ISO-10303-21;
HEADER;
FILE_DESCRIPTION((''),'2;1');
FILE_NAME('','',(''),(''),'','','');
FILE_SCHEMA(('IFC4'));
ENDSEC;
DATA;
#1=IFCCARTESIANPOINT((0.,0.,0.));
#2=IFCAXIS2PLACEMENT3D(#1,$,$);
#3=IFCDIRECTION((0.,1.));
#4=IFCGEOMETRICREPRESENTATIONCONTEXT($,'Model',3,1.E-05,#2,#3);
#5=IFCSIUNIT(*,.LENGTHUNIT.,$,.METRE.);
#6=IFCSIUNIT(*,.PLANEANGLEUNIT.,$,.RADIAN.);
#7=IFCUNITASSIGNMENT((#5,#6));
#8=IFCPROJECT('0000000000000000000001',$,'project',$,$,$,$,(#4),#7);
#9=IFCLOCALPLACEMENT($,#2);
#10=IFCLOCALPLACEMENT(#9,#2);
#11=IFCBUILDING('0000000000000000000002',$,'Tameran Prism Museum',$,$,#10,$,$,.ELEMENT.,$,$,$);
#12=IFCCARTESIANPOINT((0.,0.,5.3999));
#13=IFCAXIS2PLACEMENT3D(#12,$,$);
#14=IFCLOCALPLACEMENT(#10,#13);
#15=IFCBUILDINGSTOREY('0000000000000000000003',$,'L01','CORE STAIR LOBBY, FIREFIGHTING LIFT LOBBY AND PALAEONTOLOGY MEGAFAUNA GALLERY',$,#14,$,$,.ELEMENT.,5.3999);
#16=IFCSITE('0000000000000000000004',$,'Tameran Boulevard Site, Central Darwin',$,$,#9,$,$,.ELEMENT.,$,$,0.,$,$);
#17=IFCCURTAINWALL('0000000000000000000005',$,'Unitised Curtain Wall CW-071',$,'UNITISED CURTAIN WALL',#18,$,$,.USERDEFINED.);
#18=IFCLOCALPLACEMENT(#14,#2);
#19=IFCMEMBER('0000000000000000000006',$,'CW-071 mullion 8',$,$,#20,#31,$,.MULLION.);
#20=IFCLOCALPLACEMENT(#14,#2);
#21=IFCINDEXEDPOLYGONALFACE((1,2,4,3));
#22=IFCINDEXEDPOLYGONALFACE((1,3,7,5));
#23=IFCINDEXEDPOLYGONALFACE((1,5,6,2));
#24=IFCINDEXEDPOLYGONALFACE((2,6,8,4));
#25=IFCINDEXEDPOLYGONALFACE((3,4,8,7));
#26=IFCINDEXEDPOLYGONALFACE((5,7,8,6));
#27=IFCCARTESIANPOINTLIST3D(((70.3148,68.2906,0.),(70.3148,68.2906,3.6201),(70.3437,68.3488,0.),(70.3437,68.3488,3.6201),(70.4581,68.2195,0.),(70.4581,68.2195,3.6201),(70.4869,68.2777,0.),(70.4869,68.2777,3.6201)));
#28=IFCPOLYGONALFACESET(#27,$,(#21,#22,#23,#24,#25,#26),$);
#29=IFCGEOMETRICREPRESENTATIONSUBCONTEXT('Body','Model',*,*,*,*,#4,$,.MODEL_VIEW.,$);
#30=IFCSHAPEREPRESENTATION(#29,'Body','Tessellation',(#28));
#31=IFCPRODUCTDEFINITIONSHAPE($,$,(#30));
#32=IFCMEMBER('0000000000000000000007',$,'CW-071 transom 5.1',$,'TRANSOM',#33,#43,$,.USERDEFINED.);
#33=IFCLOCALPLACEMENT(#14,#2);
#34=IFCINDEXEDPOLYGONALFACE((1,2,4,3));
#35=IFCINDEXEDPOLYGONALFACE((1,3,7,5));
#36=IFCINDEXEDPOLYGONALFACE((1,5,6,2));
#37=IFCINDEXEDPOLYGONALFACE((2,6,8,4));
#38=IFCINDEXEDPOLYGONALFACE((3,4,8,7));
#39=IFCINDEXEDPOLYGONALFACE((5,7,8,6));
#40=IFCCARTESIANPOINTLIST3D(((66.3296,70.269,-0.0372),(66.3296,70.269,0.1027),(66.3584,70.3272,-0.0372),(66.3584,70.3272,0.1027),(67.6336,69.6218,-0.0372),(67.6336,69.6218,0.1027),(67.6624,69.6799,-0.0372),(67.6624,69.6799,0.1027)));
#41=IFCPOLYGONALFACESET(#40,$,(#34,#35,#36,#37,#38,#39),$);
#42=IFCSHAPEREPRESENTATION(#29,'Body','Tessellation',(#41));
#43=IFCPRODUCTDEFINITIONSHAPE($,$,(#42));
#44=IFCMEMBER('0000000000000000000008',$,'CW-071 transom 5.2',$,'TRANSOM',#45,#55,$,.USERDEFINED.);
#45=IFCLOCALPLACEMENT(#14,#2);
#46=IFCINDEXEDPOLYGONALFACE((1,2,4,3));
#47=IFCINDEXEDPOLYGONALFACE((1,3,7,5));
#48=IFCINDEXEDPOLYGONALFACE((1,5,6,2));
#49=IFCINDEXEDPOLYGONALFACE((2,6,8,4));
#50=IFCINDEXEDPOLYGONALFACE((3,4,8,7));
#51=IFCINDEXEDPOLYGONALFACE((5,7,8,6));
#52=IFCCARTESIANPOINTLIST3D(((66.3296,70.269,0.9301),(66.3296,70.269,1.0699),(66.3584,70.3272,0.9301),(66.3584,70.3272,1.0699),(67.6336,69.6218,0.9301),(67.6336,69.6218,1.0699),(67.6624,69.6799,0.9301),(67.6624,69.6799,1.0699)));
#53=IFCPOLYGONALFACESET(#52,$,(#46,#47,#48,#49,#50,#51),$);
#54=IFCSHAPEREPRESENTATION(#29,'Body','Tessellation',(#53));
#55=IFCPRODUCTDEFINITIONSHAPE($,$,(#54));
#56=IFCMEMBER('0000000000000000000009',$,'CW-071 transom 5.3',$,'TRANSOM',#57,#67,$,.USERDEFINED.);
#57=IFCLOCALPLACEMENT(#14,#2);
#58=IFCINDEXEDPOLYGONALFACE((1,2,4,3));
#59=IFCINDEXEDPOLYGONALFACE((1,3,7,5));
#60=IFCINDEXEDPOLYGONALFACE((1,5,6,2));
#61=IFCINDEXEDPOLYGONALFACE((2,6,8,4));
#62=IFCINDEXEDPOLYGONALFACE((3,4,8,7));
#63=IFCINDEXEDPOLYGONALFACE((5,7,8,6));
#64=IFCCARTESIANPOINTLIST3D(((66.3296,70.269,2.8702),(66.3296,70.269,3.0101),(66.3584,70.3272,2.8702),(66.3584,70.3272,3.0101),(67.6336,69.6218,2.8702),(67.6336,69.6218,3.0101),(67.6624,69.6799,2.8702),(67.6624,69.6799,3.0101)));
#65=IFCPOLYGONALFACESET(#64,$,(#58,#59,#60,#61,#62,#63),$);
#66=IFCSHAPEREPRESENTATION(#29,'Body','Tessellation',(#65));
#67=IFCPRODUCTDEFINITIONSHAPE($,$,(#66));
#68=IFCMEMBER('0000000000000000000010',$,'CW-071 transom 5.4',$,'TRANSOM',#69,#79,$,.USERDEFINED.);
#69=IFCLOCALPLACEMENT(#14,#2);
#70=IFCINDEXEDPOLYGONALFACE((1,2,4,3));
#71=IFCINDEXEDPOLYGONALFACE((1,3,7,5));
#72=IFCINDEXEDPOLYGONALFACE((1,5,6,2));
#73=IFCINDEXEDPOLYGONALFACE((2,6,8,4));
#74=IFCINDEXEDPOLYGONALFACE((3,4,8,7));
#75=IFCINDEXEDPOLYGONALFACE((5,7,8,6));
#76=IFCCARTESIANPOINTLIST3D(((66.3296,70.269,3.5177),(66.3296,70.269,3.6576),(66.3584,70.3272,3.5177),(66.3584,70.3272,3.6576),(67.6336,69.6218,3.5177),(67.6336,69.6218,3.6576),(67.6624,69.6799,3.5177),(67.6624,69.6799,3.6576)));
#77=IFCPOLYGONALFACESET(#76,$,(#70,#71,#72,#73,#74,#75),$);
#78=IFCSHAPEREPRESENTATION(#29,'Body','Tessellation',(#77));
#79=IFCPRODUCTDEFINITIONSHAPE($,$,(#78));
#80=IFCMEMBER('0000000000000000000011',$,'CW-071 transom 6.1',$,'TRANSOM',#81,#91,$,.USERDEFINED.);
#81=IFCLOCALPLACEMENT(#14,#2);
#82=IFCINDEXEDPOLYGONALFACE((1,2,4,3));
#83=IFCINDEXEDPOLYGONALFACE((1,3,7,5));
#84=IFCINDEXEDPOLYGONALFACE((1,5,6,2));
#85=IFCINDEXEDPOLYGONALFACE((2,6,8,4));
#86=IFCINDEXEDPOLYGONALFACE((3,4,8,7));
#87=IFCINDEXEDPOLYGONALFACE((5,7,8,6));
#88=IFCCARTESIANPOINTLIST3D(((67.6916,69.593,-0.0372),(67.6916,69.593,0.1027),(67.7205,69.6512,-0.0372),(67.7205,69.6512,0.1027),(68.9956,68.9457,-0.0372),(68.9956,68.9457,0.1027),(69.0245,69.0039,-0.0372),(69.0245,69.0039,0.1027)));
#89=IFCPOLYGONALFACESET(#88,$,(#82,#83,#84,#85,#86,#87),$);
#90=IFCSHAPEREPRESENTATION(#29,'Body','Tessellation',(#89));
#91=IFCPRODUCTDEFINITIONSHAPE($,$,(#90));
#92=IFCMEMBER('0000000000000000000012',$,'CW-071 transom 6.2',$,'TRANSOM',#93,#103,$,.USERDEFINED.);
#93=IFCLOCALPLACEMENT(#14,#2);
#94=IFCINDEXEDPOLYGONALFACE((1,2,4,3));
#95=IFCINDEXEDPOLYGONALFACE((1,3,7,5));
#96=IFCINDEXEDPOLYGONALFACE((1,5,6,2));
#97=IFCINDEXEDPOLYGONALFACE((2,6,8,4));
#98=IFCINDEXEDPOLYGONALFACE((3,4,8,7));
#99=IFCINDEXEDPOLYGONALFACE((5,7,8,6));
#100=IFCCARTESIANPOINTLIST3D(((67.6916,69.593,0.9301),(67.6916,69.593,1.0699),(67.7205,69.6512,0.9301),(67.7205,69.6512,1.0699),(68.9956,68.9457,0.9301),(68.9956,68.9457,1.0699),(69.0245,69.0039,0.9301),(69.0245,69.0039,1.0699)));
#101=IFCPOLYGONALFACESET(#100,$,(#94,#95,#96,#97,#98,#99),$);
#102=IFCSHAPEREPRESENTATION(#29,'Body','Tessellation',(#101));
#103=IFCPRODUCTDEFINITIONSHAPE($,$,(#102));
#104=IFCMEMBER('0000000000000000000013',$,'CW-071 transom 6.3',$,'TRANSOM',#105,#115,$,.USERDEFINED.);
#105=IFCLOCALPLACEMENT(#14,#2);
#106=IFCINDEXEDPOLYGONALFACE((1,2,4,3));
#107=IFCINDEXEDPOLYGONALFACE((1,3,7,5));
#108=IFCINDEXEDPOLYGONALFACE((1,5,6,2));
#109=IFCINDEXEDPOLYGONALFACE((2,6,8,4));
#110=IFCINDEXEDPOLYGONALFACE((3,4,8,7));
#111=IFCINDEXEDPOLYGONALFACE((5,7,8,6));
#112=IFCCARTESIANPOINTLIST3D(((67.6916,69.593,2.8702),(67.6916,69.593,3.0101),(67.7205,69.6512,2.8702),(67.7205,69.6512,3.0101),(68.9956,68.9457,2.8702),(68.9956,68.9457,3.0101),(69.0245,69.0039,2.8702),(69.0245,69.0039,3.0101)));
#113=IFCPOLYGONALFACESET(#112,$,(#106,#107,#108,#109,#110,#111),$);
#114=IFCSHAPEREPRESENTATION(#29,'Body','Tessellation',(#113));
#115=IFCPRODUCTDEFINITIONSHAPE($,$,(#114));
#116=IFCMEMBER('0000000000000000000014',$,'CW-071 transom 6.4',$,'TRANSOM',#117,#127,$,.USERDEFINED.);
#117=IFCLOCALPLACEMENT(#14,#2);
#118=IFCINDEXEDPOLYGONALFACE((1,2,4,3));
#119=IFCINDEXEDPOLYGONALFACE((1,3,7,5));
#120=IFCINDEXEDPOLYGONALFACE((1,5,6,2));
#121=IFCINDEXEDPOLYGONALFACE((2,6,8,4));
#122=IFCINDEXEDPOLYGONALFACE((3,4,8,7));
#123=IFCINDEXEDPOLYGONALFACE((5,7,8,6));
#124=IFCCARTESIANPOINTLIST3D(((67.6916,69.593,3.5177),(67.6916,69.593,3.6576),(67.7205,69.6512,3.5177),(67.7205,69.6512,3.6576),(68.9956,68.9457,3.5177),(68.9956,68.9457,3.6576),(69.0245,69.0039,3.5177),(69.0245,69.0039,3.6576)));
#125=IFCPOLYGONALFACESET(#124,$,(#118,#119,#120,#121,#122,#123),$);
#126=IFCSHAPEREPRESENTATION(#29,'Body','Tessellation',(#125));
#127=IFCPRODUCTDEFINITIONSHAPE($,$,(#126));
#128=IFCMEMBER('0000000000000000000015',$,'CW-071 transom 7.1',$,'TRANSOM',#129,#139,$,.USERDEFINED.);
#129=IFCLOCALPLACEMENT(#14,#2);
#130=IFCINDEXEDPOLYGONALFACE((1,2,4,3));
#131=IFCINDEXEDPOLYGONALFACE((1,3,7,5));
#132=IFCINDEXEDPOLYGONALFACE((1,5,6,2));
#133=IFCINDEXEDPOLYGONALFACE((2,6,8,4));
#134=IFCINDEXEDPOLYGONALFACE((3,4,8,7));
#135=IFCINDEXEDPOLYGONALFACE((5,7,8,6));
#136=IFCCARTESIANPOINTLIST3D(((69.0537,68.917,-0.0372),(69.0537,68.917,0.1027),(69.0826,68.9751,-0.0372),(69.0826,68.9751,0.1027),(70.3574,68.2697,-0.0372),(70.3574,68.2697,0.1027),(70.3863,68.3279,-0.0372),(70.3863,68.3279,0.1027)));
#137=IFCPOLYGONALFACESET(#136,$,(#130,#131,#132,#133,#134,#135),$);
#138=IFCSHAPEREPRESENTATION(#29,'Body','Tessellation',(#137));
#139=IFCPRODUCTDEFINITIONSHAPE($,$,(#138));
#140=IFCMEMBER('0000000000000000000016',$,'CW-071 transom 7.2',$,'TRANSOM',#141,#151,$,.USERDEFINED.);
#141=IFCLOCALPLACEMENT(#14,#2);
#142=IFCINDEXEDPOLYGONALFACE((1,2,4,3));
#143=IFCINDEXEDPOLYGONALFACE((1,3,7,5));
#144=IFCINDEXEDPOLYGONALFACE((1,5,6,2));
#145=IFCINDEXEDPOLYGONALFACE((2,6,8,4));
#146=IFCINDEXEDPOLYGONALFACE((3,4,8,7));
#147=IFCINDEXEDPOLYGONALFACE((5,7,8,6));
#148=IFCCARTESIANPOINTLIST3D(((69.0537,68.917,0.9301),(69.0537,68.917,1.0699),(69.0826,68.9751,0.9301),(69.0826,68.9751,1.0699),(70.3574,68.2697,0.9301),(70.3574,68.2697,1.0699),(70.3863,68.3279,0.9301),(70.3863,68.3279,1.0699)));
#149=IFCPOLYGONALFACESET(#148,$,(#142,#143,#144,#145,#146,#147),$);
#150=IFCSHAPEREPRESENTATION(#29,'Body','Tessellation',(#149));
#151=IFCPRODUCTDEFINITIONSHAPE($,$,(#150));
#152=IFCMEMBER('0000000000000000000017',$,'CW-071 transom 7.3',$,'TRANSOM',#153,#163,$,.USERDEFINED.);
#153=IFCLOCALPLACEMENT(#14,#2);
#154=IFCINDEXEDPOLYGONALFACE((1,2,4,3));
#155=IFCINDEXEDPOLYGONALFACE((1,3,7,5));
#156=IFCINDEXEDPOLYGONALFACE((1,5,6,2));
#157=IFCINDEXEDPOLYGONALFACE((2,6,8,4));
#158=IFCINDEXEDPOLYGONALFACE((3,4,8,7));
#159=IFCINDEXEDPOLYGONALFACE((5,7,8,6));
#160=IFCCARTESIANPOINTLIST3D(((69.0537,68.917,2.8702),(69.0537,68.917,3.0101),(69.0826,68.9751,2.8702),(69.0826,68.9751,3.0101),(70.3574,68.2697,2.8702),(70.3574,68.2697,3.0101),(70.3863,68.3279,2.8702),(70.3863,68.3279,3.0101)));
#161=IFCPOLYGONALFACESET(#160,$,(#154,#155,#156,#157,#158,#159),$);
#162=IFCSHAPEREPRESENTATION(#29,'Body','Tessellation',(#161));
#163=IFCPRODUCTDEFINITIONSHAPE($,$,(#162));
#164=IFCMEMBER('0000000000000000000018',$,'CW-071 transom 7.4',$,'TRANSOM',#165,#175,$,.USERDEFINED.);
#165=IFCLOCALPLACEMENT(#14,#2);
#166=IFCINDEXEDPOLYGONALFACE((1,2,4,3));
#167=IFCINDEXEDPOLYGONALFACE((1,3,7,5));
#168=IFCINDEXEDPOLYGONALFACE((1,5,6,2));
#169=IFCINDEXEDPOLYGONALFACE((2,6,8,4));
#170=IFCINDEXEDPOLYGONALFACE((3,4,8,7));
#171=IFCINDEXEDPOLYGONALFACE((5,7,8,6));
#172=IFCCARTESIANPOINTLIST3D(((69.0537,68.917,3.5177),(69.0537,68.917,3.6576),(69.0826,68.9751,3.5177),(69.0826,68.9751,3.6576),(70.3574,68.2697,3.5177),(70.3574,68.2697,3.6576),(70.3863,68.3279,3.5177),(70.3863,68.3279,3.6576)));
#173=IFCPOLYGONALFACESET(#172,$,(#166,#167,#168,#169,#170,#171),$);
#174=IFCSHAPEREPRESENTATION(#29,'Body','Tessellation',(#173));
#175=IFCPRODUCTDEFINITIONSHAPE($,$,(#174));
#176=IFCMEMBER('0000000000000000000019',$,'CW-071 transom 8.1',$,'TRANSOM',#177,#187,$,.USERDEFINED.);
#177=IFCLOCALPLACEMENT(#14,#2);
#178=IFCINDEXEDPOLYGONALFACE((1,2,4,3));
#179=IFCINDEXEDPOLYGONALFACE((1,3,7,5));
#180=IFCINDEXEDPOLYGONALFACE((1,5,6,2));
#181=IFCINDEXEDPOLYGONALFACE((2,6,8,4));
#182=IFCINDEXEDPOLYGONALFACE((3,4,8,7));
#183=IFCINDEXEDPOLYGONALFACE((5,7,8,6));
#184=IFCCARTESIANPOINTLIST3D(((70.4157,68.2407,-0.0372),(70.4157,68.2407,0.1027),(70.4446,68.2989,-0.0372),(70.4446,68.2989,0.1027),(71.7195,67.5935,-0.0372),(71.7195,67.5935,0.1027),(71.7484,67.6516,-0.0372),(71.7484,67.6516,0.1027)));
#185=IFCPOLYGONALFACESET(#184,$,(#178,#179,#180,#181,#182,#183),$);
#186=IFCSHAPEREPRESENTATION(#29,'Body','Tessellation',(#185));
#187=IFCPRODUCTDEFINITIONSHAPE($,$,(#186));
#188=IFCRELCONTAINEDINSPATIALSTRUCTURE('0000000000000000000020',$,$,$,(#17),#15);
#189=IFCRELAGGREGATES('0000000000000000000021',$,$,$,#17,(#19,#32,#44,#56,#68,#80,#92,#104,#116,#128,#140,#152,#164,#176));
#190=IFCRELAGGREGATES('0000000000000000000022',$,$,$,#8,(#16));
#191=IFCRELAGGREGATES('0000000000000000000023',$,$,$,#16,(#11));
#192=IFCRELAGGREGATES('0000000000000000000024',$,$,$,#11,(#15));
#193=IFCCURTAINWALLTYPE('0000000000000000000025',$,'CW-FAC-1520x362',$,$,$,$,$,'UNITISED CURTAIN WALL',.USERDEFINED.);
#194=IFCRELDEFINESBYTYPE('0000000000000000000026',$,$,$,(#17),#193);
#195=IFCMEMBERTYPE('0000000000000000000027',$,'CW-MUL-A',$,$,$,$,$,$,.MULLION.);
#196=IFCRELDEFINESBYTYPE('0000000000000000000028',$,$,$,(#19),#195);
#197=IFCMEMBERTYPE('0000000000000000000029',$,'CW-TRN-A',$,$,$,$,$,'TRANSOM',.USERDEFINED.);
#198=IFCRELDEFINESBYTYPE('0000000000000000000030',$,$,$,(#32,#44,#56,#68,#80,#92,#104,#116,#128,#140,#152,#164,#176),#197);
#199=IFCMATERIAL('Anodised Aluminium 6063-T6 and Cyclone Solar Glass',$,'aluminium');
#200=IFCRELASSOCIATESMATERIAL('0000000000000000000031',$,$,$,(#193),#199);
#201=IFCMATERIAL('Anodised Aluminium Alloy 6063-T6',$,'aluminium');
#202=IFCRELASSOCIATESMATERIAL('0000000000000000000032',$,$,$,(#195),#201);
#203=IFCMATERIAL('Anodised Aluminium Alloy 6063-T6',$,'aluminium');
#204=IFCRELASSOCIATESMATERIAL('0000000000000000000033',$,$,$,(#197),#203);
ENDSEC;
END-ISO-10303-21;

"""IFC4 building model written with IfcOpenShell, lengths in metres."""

from ifc_helpers import new_model, si_unit, direction, frame, origin, origin_2d, place, context, subcontext, project, spatial, rectangle, extrude, material, material_profile, profile_set, type_object, element, aggregate, save


model = new_model("IFC4")

# Units and contexts
model_context = context("Model", 3, precision=1e-05, world=origin(), true_north=direction((0.0, 1.0)))
body_context = subcontext(model_context, "Body", "Model", "MODEL_VIEW")
ifc_project = project(units=[si_unit("LENGTHUNIT", "METRE"), si_unit("PLANEANGLEUNIT", "RADIAN")], contexts=[model_context])

# Site, building, storey
site_placement = place(None, origin())
site = spatial("IfcSite", under=ifc_project, at=site_placement, Name="Tameran Boulevard Site, Central Darwin", CompositionType="ELEMENT", RefElevation=0.0)
building_placement = place(site_placement, origin())
building = spatial("IfcBuilding", under=site, at=building_placement, Name="Tameran Prism Museum", CompositionType="ELEMENT")
storey_placement = place(building_placement, frame((0.0, 0.0, 5.3999)))
storey = spatial("IfcBuildingStorey", under=building, at=storey_placement, Name="L01", Description="CORE STAIR LOBBY, FIREFIGHTING LIFT LOBBY AND PALAEONTOLOGY MEGAFAUNA GALLERY", CompositionType="ELEMENT", Elevation=5.3999)

# Curtain wall, members
ifc_material_1 = material(Name="Anodised Aluminium 6063-T6 and Cyclone Solar Glass", Category="aluminium")
curtain_wall_type = type_object("IfcCurtainWallType", Name="CW-FAC-1520x362", ElementType="UNITISED CURTAIN WALL", PredefinedType="USERDEFINED", material=ifc_material_1)
curtain_wall_placement = place(storey_placement, origin())
curtain_wall = element("IfcCurtainWall", 1, at=curtain_wall_placement, inside=storey, type_object=curtain_wall_type, Name="Unitised Curtain Wall CW-071", ObjectType="UNITISED CURTAIN WALL", PredefinedType="USERDEFINED")
ifc_material_2 = material(Name="Anodised Aluminium Alloy 6063-T6", Category="aluminium")
ifc_material_profile_1 = material_profile(ifc_material_2, rectangle(XDim=0.0649, YDim=0.1599, at=origin_2d()))
ifc_profile_set_1 = profile_set([ifc_material_profile_1])
member_type_1 = type_object("IfcMemberType", Name="CW-MUL-A", PredefinedType="MULLION", material=ifc_profile_set_1)
member_1_placement = place(storey_placement, frame((70.4009, 68.2842, 0.0), z_axis=(0.0, 0.0, 1.0), x_axis=(0.444634, 0.895712, 0.0)))
member_1 = element("IfcMember", 2, at=member_1_placement, type_object=member_type_1, Name="CW-071 mullion 8", PredefinedType="MULLION", context=body_context, shape_type="SweptSolid", body=[
    extrude(rectangle(XDim=0.0649, YDim=0.1599, at=origin_2d()), origin(), (0.0, 0.0, 1.0), 3.6201),
])
ifc_material_3 = material(Name="Anodised Aluminium Alloy 6063-T6", Category="aluminium")
ifc_material_profile_2 = material_profile(ifc_material_3, rectangle(XDim=0.0649, YDim=0.1399, at=origin_2d()))
ifc_profile_set_2 = profile_set([ifc_material_profile_2])
member_type_2 = type_object("IfcMemberType", Name="CW-TRN-A", ElementType="TRANSOM", PredefinedType="USERDEFINED", material=ifc_profile_set_2)
member_2_placement = place(storey_placement, frame((66.344, 70.2981, 0.0327), z_axis=(0.895731, -0.444595, 0.0), x_axis=(0.444595, 0.895731, 0.0)))
member_2 = element("IfcMember", 3, at=member_2_placement, type_object=member_type_2, Name="CW-071 transom 5.1", ObjectType="TRANSOM", PredefinedType="USERDEFINED", context=body_context, shape_type="SweptSolid", body=[
    extrude(rectangle(XDim=0.0649, YDim=0.1399, at=origin_2d()), origin(), (0.0, 0.0, 1.0), 1.4558),
])
member_3_placement = place(storey_placement, frame((66.344, 70.2981, 1.0), z_axis=(0.895731, -0.444595, 0.0), x_axis=(0.444595, 0.895731, 0.0)))
member_3 = element("IfcMember", 4, at=member_3_placement, type_object=member_type_2, Name="CW-071 transom 5.2", ObjectType="TRANSOM", PredefinedType="USERDEFINED", context=body_context, shape_type="SweptSolid", body=[
    extrude(rectangle(XDim=0.0649, YDim=0.1399, at=origin_2d()), origin(), (0.0, 0.0, 1.0), 1.4558),
])
member_4_placement = place(storey_placement, frame((66.344, 70.2981, 2.9402), z_axis=(0.895731, -0.444595, 0.0), x_axis=(0.444595, 0.895731, 0.0)))
member_4 = element("IfcMember", 5, at=member_4_placement, type_object=member_type_2, Name="CW-071 transom 5.3", ObjectType="TRANSOM", PredefinedType="USERDEFINED", context=body_context, shape_type="SweptSolid", body=[
    extrude(rectangle(XDim=0.0649, YDim=0.1399, at=origin_2d()), origin(), (0.0, 0.0, 1.0), 1.4558),
])
member_5_placement = place(storey_placement, frame((66.344, 70.2981, 3.5876), z_axis=(0.895731, -0.444595, 0.0), x_axis=(0.444595, 0.895731, 0.0)))
member_5 = element("IfcMember", 6, at=member_5_placement, type_object=member_type_2, Name="CW-071 transom 5.4", ObjectType="TRANSOM", PredefinedType="USERDEFINED", context=body_context, shape_type="SweptSolid", body=[
    extrude(rectangle(XDim=0.0649, YDim=0.1399, at=origin_2d()), origin(), (0.0, 0.0, 1.0), 1.4558),
])
member_6_placement = place(storey_placement, frame((67.7061, 69.6221, 0.0327), z_axis=(0.895731, -0.444595, 0.0), x_axis=(0.444595, 0.895731, 0.0)))
member_6 = element("IfcMember", 7, at=member_6_placement, type_object=member_type_2, Name="CW-071 transom 6.1", ObjectType="TRANSOM", PredefinedType="USERDEFINED", context=body_context, shape_type="SweptSolid", body=[
    extrude(rectangle(XDim=0.0649, YDim=0.1399, at=origin_2d()), origin(), (0.0, 0.0, 1.0), 1.4558),
])
member_7_placement = place(storey_placement, frame((67.7061, 69.6221, 1.0), z_axis=(0.895731, -0.444595, 0.0), x_axis=(0.444595, 0.895731, 0.0)))
member_7 = element("IfcMember", 8, at=member_7_placement, type_object=member_type_2, Name="CW-071 transom 6.2", ObjectType="TRANSOM", PredefinedType="USERDEFINED", context=body_context, shape_type="SweptSolid", body=[
    extrude(rectangle(XDim=0.0649, YDim=0.1399, at=origin_2d()), origin(), (0.0, 0.0, 1.0), 1.4558),
])
member_8_placement = place(storey_placement, frame((67.7061, 69.6221, 2.9402), z_axis=(0.895731, -0.444595, 0.0), x_axis=(0.444595, 0.895731, 0.0)))
member_8 = element("IfcMember", 9, at=member_8_placement, type_object=member_type_2, Name="CW-071 transom 6.3", ObjectType="TRANSOM", PredefinedType="USERDEFINED", context=body_context, shape_type="SweptSolid", body=[
    extrude(rectangle(XDim=0.0649, YDim=0.1399, at=origin_2d()), origin(), (0.0, 0.0, 1.0), 1.4558),
])
member_9_placement = place(storey_placement, frame((67.7061, 69.6221, 3.5876), z_axis=(0.895731, -0.444595, 0.0), x_axis=(0.444595, 0.895731, 0.0)))
member_9 = element("IfcMember", 10, at=member_9_placement, type_object=member_type_2, Name="CW-071 transom 6.4", ObjectType="TRANSOM", PredefinedType="USERDEFINED", context=body_context, shape_type="SweptSolid", body=[
    extrude(rectangle(XDim=0.0649, YDim=0.1399, at=origin_2d()), origin(), (0.0, 0.0, 1.0), 1.4558),
])
member_10_placement = place(storey_placement, frame((69.0681, 68.946, 0.0327), z_axis=(0.895698, -0.444662, 0.0), x_axis=(0.444662, 0.895698, 0.0)))
member_10 = element("IfcMember", 11, at=member_10_placement, type_object=member_type_2, Name="CW-071 transom 7.1", ObjectType="TRANSOM", PredefinedType="USERDEFINED", context=body_context, shape_type="SweptSolid", body=[
    extrude(rectangle(XDim=0.0649, YDim=0.1399, at=origin_2d()), origin(), (0.0, 0.0, 1.0), 1.4556),
])
member_11_placement = place(storey_placement, frame((69.0681, 68.946, 1.0), z_axis=(0.895698, -0.444662, 0.0), x_axis=(0.444662, 0.895698, 0.0)))
member_11 = element("IfcMember", 12, at=member_11_placement, type_object=member_type_2, Name="CW-071 transom 7.2", ObjectType="TRANSOM", PredefinedType="USERDEFINED", context=body_context, shape_type="SweptSolid", body=[
    extrude(rectangle(XDim=0.0649, YDim=0.1399, at=origin_2d()), origin(), (0.0, 0.0, 1.0), 1.4556),
])
member_12_placement = place(storey_placement, frame((69.0681, 68.946, 2.9402), z_axis=(0.895698, -0.444662, 0.0), x_axis=(0.444662, 0.895698, 0.0)))
member_12 = element("IfcMember", 13, at=member_12_placement, type_object=member_type_2, Name="CW-071 transom 7.3", ObjectType="TRANSOM", PredefinedType="USERDEFINED", context=body_context, shape_type="SweptSolid", body=[
    extrude(rectangle(XDim=0.0649, YDim=0.1399, at=origin_2d()), origin(), (0.0, 0.0, 1.0), 1.4556),
])
member_13_placement = place(storey_placement, frame((69.0681, 68.946, 3.5876), z_axis=(0.895698, -0.444662, 0.0), x_axis=(0.444662, 0.895698, 0.0)))
member_13 = element("IfcMember", 14, at=member_13_placement, type_object=member_type_2, Name="CW-071 transom 7.4", ObjectType="TRANSOM", PredefinedType="USERDEFINED", context=body_context, shape_type="SweptSolid", body=[
    extrude(rectangle(XDim=0.0649, YDim=0.1399, at=origin_2d()), origin(), (0.0, 0.0, 1.0), 1.4556),
])
member_14_placement = place(storey_placement, frame((70.4302, 68.2698, 0.0327), z_axis=(0.895698, -0.444662, 0.0), x_axis=(0.444662, 0.895698, 0.0)))
member_14 = element("IfcMember", 15, at=member_14_placement, type_object=member_type_2, Name="CW-071 transom 8.1", ObjectType="TRANSOM", PredefinedType="USERDEFINED", context=body_context, shape_type="SweptSolid", body=[
    extrude(rectangle(XDim=0.0649, YDim=0.1399, at=origin_2d()), origin(), (0.0, 0.0, 1.0), 1.4556),
])
aggregate(curtain_wall, [member_1, member_2, member_3, member_4, member_5, member_6, member_7, member_8, member_9, member_10, member_11, member_12, member_13, member_14])

save(model, "model.ifc")
